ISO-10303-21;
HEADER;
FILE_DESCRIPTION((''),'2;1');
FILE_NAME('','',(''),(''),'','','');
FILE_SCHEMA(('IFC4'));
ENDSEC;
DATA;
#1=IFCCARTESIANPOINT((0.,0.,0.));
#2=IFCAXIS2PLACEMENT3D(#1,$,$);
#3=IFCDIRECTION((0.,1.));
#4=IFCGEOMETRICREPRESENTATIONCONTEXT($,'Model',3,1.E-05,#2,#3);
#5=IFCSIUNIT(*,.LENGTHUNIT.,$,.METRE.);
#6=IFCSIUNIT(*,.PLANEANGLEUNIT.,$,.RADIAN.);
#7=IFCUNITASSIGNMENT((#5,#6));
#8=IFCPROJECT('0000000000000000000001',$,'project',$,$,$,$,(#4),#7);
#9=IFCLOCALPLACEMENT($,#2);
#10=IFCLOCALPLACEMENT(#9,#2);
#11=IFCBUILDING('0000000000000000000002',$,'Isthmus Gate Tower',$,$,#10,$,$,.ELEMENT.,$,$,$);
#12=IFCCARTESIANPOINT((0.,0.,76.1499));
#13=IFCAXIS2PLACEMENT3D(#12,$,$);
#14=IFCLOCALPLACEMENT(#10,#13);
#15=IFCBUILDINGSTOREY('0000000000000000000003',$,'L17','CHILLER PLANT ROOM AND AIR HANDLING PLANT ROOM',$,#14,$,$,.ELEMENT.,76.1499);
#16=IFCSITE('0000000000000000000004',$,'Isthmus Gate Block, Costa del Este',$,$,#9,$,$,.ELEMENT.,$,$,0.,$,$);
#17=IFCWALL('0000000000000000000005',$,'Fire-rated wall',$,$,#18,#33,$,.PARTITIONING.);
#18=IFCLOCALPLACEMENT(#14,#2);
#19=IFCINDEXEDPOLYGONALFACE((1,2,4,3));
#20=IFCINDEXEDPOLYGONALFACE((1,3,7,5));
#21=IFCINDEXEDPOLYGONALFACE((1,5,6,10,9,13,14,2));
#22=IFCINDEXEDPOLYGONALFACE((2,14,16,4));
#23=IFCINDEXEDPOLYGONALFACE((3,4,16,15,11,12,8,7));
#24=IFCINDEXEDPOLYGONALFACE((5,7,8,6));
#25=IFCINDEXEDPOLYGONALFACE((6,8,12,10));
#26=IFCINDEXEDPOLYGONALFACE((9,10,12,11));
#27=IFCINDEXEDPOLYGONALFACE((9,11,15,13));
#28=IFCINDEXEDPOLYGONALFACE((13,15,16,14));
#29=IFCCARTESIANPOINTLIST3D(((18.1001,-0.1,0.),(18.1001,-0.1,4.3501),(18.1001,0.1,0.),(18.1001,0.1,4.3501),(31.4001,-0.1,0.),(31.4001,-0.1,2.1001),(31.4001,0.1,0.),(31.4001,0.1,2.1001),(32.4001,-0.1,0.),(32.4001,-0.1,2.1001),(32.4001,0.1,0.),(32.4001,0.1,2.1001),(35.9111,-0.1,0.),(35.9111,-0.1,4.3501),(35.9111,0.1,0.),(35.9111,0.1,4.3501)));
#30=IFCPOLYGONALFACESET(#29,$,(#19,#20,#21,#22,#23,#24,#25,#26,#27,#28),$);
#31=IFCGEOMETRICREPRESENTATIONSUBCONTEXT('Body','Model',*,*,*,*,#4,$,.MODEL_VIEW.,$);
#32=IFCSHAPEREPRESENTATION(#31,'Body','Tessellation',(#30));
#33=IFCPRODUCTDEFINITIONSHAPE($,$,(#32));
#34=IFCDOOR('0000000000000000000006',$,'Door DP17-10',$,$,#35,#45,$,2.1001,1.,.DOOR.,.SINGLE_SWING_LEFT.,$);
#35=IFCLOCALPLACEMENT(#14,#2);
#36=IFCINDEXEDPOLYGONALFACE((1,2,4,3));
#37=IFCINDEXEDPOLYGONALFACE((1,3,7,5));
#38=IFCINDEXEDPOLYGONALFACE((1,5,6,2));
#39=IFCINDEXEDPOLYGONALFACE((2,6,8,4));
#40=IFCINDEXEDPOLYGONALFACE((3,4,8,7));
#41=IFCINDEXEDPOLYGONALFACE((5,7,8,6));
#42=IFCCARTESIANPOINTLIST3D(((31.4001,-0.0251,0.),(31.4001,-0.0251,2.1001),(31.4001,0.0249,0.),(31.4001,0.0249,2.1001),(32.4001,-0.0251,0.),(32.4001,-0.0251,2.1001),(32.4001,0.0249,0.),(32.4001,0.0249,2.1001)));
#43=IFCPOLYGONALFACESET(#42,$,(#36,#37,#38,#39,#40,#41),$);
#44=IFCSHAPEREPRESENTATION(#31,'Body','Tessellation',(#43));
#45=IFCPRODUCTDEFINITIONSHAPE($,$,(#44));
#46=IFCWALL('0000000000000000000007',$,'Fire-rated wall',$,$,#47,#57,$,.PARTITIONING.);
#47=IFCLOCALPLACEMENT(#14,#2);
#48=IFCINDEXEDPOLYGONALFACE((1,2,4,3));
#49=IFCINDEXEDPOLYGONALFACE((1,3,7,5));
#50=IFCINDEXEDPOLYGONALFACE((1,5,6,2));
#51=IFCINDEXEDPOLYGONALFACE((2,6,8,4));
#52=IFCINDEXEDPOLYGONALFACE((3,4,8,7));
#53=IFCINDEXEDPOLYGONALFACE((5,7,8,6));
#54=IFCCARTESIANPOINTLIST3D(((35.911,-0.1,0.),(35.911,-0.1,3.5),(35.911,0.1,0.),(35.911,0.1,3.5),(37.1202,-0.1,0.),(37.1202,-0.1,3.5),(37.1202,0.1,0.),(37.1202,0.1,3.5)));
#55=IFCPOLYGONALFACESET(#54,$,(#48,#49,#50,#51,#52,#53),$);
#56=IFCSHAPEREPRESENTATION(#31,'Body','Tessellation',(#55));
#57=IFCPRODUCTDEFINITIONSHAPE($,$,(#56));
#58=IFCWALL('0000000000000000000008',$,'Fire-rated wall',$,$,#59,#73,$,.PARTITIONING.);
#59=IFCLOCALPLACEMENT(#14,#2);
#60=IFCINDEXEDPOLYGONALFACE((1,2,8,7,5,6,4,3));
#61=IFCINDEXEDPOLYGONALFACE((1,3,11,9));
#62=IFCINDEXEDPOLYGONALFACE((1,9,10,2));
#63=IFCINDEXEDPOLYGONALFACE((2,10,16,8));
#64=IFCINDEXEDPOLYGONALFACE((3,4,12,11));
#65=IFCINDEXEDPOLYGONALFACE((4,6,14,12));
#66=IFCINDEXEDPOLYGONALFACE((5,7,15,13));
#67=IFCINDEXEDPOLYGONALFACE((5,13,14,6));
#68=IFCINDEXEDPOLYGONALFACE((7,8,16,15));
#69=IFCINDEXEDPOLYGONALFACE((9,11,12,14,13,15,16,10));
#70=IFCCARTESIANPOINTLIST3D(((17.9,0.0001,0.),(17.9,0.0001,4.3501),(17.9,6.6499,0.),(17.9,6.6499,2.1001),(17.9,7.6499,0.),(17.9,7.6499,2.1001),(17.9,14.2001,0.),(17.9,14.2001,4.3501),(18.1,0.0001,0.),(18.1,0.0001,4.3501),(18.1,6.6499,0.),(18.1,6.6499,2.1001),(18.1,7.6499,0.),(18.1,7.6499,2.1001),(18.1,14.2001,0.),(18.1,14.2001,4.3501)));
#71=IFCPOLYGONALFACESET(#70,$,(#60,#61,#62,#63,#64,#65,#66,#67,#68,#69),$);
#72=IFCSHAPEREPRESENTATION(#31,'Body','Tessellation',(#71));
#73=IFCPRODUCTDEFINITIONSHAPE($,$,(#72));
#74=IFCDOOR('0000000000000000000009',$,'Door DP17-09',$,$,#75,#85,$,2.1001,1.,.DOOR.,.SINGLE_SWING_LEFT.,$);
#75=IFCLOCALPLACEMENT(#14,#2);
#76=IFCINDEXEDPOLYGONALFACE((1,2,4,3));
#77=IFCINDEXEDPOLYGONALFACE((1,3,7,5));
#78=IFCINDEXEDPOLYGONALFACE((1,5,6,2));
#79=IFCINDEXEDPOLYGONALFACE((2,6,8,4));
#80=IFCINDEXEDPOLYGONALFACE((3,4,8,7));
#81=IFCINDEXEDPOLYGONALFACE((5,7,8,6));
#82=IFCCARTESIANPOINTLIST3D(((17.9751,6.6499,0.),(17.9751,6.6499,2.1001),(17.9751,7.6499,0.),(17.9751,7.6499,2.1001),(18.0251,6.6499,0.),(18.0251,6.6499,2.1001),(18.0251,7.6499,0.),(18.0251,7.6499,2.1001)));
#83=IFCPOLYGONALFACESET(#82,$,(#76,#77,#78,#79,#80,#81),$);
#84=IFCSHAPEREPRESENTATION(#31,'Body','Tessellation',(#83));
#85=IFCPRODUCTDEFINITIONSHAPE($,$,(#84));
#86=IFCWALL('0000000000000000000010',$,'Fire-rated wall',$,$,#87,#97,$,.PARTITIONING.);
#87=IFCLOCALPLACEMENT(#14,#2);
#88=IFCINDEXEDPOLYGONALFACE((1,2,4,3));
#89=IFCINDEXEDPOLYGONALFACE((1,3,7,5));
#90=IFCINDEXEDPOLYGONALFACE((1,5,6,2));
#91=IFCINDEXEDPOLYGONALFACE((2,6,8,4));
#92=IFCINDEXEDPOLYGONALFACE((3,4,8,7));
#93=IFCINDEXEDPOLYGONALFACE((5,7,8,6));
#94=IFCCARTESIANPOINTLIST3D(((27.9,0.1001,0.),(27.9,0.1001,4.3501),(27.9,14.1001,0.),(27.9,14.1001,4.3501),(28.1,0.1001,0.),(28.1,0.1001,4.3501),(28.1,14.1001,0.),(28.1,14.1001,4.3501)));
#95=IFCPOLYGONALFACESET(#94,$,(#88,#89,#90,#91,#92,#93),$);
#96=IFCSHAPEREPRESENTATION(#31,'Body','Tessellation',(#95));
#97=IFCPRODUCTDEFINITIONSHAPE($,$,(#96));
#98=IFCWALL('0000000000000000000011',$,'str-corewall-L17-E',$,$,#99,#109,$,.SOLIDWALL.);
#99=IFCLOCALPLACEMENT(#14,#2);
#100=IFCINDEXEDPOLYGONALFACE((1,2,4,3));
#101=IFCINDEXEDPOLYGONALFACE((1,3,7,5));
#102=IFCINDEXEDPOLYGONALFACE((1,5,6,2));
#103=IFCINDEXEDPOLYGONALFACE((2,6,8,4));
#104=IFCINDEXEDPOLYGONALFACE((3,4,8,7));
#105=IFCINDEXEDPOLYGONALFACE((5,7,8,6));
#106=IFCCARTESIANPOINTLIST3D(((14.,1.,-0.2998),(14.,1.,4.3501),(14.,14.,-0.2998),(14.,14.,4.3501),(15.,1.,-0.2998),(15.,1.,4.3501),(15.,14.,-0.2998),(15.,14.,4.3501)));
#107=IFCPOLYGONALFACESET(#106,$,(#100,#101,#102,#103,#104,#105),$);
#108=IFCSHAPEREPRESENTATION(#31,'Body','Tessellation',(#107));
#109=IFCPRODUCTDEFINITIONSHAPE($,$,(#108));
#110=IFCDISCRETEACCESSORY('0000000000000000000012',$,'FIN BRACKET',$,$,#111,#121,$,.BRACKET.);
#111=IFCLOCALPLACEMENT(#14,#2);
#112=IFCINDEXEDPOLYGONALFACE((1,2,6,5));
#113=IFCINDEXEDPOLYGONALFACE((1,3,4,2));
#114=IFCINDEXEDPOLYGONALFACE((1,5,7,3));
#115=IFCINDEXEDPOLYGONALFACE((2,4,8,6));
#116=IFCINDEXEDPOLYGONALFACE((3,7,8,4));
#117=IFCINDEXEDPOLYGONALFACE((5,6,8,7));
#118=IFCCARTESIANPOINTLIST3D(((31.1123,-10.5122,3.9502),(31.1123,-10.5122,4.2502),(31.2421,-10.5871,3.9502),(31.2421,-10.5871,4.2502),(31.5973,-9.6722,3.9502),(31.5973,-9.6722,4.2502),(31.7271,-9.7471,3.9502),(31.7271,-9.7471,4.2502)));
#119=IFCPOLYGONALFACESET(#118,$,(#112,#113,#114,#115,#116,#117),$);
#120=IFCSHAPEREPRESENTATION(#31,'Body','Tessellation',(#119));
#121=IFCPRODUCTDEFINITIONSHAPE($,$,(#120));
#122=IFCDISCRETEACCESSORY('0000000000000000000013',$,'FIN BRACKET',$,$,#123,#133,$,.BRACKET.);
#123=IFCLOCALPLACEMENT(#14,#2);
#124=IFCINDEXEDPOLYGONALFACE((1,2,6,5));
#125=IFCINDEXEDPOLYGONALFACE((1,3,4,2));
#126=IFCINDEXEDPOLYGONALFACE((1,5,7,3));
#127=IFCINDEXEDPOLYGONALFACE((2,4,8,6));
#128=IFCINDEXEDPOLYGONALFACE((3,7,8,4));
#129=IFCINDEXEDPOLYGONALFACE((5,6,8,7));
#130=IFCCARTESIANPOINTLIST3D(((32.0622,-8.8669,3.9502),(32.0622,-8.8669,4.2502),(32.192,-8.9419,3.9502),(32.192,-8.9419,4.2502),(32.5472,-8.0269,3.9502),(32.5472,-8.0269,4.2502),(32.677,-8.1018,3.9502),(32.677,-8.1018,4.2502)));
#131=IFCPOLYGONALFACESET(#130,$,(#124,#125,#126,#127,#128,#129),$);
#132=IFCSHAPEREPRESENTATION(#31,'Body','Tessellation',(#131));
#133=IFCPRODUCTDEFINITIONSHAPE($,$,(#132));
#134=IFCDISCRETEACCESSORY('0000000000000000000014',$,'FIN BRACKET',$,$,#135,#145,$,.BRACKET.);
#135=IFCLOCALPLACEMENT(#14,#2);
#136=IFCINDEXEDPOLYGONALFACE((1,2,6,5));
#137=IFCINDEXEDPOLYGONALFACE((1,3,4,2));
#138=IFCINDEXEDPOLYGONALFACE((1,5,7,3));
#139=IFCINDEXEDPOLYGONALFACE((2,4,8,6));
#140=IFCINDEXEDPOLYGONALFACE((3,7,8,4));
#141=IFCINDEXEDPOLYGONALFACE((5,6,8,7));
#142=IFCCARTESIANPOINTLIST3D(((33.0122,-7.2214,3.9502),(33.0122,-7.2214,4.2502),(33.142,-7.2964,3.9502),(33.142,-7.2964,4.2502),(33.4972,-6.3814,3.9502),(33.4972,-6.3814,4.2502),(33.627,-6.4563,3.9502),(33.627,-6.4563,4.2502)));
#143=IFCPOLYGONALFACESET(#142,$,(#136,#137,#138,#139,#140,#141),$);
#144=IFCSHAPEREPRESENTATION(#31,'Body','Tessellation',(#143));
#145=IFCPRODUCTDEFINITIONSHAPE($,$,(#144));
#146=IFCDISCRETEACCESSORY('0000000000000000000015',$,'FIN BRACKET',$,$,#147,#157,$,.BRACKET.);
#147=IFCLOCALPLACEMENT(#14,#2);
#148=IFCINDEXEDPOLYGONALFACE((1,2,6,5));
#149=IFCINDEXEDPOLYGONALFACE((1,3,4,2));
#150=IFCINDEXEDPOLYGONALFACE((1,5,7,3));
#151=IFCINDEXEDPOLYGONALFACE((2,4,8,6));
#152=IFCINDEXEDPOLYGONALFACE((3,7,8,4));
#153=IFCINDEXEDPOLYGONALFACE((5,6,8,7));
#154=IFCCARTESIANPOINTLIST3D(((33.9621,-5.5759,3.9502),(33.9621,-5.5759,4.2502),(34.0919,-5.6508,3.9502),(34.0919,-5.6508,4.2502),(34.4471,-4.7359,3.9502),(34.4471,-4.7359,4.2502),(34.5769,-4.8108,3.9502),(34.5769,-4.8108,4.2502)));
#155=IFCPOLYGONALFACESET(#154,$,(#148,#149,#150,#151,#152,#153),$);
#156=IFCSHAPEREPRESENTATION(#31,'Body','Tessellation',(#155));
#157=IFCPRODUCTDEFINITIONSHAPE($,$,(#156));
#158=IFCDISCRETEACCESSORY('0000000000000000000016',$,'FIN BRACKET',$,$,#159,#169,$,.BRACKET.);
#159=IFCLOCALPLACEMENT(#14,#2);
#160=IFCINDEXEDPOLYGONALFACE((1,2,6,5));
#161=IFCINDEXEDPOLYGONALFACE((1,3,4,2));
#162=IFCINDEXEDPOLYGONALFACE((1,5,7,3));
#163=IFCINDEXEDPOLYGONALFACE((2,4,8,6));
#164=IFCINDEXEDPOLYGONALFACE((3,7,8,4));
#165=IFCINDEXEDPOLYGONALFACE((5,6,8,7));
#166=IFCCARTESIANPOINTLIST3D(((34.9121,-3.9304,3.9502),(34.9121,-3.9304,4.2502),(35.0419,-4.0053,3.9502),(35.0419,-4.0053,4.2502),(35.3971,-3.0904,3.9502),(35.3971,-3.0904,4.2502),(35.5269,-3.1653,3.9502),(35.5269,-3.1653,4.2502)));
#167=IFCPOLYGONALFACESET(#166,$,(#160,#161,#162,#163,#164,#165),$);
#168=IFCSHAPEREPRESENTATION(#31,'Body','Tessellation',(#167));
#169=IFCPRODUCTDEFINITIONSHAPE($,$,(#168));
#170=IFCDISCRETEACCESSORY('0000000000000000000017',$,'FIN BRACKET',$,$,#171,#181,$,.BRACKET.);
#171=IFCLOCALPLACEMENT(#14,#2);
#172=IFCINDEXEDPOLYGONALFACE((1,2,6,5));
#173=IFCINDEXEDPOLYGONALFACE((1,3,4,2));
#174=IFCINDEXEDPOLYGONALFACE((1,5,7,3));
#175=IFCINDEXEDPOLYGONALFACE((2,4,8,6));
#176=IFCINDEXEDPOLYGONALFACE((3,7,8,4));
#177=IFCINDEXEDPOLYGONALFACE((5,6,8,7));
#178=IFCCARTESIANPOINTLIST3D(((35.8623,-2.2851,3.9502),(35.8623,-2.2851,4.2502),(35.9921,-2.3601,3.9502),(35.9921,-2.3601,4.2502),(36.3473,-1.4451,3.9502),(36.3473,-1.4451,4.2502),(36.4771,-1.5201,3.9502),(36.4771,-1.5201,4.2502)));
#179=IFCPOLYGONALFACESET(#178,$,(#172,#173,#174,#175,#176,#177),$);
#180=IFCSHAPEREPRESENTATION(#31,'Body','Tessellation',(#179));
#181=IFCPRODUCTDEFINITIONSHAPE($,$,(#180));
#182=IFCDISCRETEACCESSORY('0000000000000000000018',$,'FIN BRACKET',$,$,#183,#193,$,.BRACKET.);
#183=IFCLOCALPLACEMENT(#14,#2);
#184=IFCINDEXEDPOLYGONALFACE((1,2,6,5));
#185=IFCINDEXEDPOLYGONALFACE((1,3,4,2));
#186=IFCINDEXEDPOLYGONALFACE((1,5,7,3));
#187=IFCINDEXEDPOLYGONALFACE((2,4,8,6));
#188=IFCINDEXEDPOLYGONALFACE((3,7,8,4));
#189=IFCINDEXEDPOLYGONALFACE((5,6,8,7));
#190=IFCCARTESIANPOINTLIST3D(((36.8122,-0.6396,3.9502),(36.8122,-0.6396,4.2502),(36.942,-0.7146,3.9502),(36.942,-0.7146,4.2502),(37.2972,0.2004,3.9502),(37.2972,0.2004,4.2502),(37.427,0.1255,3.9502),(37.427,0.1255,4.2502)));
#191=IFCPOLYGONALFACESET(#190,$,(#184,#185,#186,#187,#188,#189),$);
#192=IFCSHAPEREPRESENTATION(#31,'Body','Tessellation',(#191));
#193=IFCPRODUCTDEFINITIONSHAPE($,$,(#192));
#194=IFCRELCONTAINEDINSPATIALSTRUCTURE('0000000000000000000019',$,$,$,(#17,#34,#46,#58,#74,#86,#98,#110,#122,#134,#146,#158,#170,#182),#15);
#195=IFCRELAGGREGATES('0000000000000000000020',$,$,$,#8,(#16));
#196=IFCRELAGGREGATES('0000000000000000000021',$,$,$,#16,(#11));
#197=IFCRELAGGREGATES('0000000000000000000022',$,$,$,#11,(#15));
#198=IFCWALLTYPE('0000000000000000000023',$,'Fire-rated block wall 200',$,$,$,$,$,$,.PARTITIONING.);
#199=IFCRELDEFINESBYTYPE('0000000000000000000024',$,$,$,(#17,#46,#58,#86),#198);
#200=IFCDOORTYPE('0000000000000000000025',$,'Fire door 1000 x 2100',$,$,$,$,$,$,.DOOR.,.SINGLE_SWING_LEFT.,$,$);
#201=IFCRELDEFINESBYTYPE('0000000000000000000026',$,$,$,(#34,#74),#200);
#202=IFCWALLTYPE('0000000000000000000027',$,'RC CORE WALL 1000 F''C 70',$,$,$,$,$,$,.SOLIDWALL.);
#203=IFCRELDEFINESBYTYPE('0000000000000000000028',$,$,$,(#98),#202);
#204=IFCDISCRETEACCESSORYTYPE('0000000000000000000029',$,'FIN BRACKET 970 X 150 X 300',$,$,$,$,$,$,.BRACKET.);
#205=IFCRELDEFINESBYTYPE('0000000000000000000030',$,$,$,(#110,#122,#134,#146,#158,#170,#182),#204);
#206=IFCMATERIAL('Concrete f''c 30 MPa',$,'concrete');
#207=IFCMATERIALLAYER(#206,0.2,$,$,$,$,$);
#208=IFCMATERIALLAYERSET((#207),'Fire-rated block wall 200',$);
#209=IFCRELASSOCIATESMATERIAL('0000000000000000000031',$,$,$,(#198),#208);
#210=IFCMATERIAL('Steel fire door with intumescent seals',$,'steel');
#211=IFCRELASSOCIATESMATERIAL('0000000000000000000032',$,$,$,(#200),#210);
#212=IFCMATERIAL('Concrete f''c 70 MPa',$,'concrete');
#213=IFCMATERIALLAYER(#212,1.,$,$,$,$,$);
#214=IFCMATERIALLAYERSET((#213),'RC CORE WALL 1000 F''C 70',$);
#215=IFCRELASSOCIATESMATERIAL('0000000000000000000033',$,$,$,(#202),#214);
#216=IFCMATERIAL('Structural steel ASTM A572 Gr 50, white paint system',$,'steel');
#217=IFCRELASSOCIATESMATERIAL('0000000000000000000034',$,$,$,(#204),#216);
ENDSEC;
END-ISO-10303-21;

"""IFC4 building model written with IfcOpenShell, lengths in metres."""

from ifc_helpers import new_model, si_unit, direction, frame, frame_2d, origin, origin_2d, place, context, subcontext, project, spatial, rectangle, extrude, material, layer, layer_set, type_object, element, fill, save


model = new_model("IFC4")

# Units and contexts
model_context = context("Model", 3, precision=1e-05, world=origin(), true_north=direction((0.0, 1.0)))
body_context = subcontext(model_context, "Body", "Model", "MODEL_VIEW")
ifc_project = project(units=[si_unit("LENGTHUNIT", "METRE"), si_unit("PLANEANGLEUNIT", "RADIAN")], contexts=[model_context])

# Site, building, storey
site_placement = place(None, origin())
site = spatial("IfcSite", under=ifc_project, at=site_placement, Name="Isthmus Gate Block, Costa del Este", CompositionType="ELEMENT", RefElevation=0.0)
building_placement = place(site_placement, origin())
building = spatial("IfcBuilding", under=site, at=building_placement, Name="Isthmus Gate Tower", CompositionType="ELEMENT")
storey_placement = place(building_placement, frame((0.0, 0.0, 76.1499)))
storey = spatial("IfcBuildingStorey", under=building, at=storey_placement, Name="L17", Description="CHILLER PLANT ROOM AND AIR HANDLING PLANT ROOM", CompositionType="ELEMENT", Elevation=76.1499)

# Shared definitions
ifc_material_1 = material(Name="Concrete f'c 30 MPa", Category="concrete")
ifc_layer_1 = layer(ifc_material_1, 0.2)
ifc_layer_set_1 = layer_set([ifc_layer_1], Name="Fire-rated block wall 200")
wall_type_1 = type_object("IfcWallType", Name="Fire-rated block wall 200", PredefinedType="PARTITIONING", material=ifc_layer_set_1)
ifc_material_2 = material(Name="Steel fire door with intumescent seals", Category="steel")
door_type = type_object("IfcDoorType", Name="Fire door 1000 x 2100", OperationType="SINGLE_SWING_LEFT", PredefinedType="DOOR", material=ifc_material_2)

# Wall, opening, door
wall_1_placement = place(storey_placement, frame((18.1001, 0.0, 0.0), z_axis=(0.0, 0.0, 1.0), x_axis=(1.0, 0.0, 0.0)))
wall_1 = element("IfcWall", 1, at=wall_1_placement, inside=storey, type_object=wall_type_1, Name="Fire-rated wall", PredefinedType="PARTITIONING", context=body_context, shape_type="SweptSolid", body=[
    extrude(rectangle(XDim=17.811, YDim=0.2, at=frame_2d((8.9055, 0.0))), origin(), (0.0, 0.0, 1.0), 4.3501),
])
opening_1_placement = place(wall_1_placement, frame((13.3, 0.0, 0.0)))
opening_1 = element("IfcOpeningElement", 2, at=opening_1_placement, cuts=wall_1, PredefinedType="OPENING", context=body_context, shape_type="SweptSolid", body=[
    extrude(rectangle(XDim=1.0, YDim=2.1001, at=frame_2d((0.5, 1.05))), frame((0.0, 0.1099, 0.0), z_axis=(0.0, -1.0, 0.0), x_axis=(1.0, 0.0, 0.0)), (0.0, 0.0, 1.0), 0.22),
])
door_1_placement = place(opening_1_placement, origin())
door_1 = element("IfcDoor", 3, at=door_1_placement, inside=storey, type_object=door_type, Name="Door DP17-10", OperationType="SINGLE_SWING_LEFT", OverallHeight=2.1001, OverallWidth=1.0, PredefinedType="DOOR", context=body_context, shape_type="SweptSolid", body=[
    extrude(rectangle(XDim=1.0, YDim=2.1001, at=frame_2d((0.5, 1.05))), frame((0.0, 0.0249, 0.0), z_axis=(0.0, -1.0, 0.0), x_axis=(1.0, 0.0, 0.0)), (0.0, 0.0, 1.0), 0.05),
])
fill(opening_1, door_1)

# Wall
wall_2_placement = place(storey_placement, frame((35.9111, 0.0, 0.0), z_axis=(0.0, 0.0, 1.0), x_axis=(1.0, 0.0, 0.0)))
element("IfcWall", 4, at=wall_2_placement, inside=storey, type_object=wall_type_1, Name="Fire-rated wall", PredefinedType="PARTITIONING", context=body_context, shape_type="SweptSolid", body=[
    extrude(rectangle(XDim=1.2092, YDim=0.2, at=frame_2d((0.6045, 0.0))), origin(), (0.0, 0.0, 1.0), 3.5),
])

# Wall, opening, door
wall_3_placement = place(storey_placement, frame((18.0, 0.0, 0.0), z_axis=(0.0, 0.0, 1.0), x_axis=(0.0, 1.0, 0.0)))
wall_3 = element("IfcWall", 5, at=wall_3_placement, inside=storey, type_object=wall_type_1, Name="Fire-rated wall", PredefinedType="PARTITIONING", context=body_context, shape_type="SweptSolid", body=[
    extrude(rectangle(XDim=14.2, YDim=0.2, at=frame_2d((7.1001, 0.0))), origin(), (0.0, 0.0, 1.0), 4.3501),
])
opening_2_placement = place(wall_3_placement, frame((6.6499, 0.0, 0.0)))
opening_2 = element("IfcOpeningElement", 6, at=opening_2_placement, cuts=wall_3, PredefinedType="OPENING", context=body_context, shape_type="SweptSolid", body=[
    extrude(rectangle(XDim=1.0, YDim=2.1001, at=frame_2d((0.5, 1.05))), frame((0.0, 0.1099, 0.0), z_axis=(0.0, -1.0, 0.0), x_axis=(1.0, 0.0, 0.0)), (0.0, 0.0, 1.0), 0.22),
])
door_2_placement = place(opening_2_placement, origin())
door_2 = element("IfcDoor", 7, at=door_2_placement, inside=storey, type_object=door_type, Name="Door DP17-09", OperationType="SINGLE_SWING_LEFT", OverallHeight=2.1001, OverallWidth=1.0, PredefinedType="DOOR", context=body_context, shape_type="SweptSolid", body=[
    extrude(rectangle(XDim=1.0, YDim=2.1001, at=frame_2d((0.5, 1.05))), frame((0.0, 0.0249, 0.0), z_axis=(0.0, -1.0, 0.0), x_axis=(1.0, 0.0, 0.0)), (0.0, 0.0, 1.0), 0.05),
])
fill(opening_2, door_2)

# Walls
wall_4_placement = place(storey_placement, frame((28.0, 0.1001, 0.0), z_axis=(0.0, 0.0, 1.0), x_axis=(0.0, 1.0, 0.0)))
element("IfcWall", 8, at=wall_4_placement, inside=storey, type_object=wall_type_1, Name="Fire-rated wall", PredefinedType="PARTITIONING", context=body_context, shape_type="SweptSolid", body=[
    extrude(rectangle(XDim=14.0, YDim=0.2, at=frame_2d((7.0, 0.0))), origin(), (0.0, 0.0, 1.0), 4.3501),
])
ifc_material_3 = material(Name="Concrete f'c 70 MPa", Category="concrete")
ifc_layer_2 = layer(ifc_material_3, 1.0)
ifc_layer_set_2 = layer_set([ifc_layer_2], Name="RC CORE WALL 1000 F'C 70")
wall_type_2 = type_object("IfcWallType", Name="RC CORE WALL 1000 F'C 70", PredefinedType="SOLIDWALL", material=ifc_layer_set_2)
wall_5_placement = place(storey_placement, frame((14.5, 1.0, -0.2998), z_axis=(0.0, 0.0, 1.0), x_axis=(0.0, 1.0, 0.0)))
element("IfcWall", 9, at=wall_5_placement, inside=storey, type_object=wall_type_2, Name="str-corewall-L17-E", PredefinedType="SOLIDWALL", context=body_context, shape_type="SweptSolid", body=[
    extrude(rectangle(XDim=13.0, YDim=1.0, at=frame_2d((6.5, 0.0))), origin(), (0.0, 0.0, 1.0), 4.6499),
])

# Discrete accessories
ifc_material_4 = material(Name="Structural steel ASTM A572 Gr 50, white paint system", Category="steel")
discrete_accessory_type = type_object("IfcDiscreteAccessoryType", Name="FIN BRACKET 970 X 150 X 300", PredefinedType="BRACKET", material=ifc_material_4)
for number, where, z_axis, x_axis, name in (
    (10, (31.4197, -10.1296, 3.9502), (0.0, 0.0, 1.0), (0.866025, -0.5, 0.0), "FIN BRACKET"),
    (11, (32.3696, -8.4844, 3.9502), (0.0, 0.0, 1.0), (0.866025, -0.5, 0.0), "FIN BRACKET"),
    (12, (33.3196, -6.8389, 3.9502), (0.0, 0.0, 1.0), (0.866025, -0.5, 0.0), "FIN BRACKET"),
    (13, (34.2695, -5.1934, 3.9502), (0.0, 0.0, 1.0), (0.866025, -0.5, 0.0), "FIN BRACKET"),
    (14, (35.2195, -3.5479, 3.9502), (0.0, 0.0, 1.0), (0.866025, -0.5, 0.0), "FIN BRACKET"),
    (15, (36.1697, -1.9026, 3.9502), (0.0, 0.0, 1.0), (0.866025, -0.5, 0.0), "FIN BRACKET"),
    (16, (37.1196, -0.2571, 3.9502), (0.0, 0.0, 1.0), (0.866025, -0.5, 0.0), "FIN BRACKET"),
):
    element("IfcDiscreteAccessory", number, at=place(storey_placement, frame(where, z_axis=z_axis, x_axis=x_axis)), inside=storey, type_object=discrete_accessory_type, Name=name, PredefinedType="BRACKET", context=body_context, shape_type="SweptSolid", body=[
        extrude(rectangle(XDim=0.1499, YDim=0.97, at=origin_2d()), origin(), (0.0, 0.0, 1.0), 0.3),
    ])

save(model, "model.ifc")
